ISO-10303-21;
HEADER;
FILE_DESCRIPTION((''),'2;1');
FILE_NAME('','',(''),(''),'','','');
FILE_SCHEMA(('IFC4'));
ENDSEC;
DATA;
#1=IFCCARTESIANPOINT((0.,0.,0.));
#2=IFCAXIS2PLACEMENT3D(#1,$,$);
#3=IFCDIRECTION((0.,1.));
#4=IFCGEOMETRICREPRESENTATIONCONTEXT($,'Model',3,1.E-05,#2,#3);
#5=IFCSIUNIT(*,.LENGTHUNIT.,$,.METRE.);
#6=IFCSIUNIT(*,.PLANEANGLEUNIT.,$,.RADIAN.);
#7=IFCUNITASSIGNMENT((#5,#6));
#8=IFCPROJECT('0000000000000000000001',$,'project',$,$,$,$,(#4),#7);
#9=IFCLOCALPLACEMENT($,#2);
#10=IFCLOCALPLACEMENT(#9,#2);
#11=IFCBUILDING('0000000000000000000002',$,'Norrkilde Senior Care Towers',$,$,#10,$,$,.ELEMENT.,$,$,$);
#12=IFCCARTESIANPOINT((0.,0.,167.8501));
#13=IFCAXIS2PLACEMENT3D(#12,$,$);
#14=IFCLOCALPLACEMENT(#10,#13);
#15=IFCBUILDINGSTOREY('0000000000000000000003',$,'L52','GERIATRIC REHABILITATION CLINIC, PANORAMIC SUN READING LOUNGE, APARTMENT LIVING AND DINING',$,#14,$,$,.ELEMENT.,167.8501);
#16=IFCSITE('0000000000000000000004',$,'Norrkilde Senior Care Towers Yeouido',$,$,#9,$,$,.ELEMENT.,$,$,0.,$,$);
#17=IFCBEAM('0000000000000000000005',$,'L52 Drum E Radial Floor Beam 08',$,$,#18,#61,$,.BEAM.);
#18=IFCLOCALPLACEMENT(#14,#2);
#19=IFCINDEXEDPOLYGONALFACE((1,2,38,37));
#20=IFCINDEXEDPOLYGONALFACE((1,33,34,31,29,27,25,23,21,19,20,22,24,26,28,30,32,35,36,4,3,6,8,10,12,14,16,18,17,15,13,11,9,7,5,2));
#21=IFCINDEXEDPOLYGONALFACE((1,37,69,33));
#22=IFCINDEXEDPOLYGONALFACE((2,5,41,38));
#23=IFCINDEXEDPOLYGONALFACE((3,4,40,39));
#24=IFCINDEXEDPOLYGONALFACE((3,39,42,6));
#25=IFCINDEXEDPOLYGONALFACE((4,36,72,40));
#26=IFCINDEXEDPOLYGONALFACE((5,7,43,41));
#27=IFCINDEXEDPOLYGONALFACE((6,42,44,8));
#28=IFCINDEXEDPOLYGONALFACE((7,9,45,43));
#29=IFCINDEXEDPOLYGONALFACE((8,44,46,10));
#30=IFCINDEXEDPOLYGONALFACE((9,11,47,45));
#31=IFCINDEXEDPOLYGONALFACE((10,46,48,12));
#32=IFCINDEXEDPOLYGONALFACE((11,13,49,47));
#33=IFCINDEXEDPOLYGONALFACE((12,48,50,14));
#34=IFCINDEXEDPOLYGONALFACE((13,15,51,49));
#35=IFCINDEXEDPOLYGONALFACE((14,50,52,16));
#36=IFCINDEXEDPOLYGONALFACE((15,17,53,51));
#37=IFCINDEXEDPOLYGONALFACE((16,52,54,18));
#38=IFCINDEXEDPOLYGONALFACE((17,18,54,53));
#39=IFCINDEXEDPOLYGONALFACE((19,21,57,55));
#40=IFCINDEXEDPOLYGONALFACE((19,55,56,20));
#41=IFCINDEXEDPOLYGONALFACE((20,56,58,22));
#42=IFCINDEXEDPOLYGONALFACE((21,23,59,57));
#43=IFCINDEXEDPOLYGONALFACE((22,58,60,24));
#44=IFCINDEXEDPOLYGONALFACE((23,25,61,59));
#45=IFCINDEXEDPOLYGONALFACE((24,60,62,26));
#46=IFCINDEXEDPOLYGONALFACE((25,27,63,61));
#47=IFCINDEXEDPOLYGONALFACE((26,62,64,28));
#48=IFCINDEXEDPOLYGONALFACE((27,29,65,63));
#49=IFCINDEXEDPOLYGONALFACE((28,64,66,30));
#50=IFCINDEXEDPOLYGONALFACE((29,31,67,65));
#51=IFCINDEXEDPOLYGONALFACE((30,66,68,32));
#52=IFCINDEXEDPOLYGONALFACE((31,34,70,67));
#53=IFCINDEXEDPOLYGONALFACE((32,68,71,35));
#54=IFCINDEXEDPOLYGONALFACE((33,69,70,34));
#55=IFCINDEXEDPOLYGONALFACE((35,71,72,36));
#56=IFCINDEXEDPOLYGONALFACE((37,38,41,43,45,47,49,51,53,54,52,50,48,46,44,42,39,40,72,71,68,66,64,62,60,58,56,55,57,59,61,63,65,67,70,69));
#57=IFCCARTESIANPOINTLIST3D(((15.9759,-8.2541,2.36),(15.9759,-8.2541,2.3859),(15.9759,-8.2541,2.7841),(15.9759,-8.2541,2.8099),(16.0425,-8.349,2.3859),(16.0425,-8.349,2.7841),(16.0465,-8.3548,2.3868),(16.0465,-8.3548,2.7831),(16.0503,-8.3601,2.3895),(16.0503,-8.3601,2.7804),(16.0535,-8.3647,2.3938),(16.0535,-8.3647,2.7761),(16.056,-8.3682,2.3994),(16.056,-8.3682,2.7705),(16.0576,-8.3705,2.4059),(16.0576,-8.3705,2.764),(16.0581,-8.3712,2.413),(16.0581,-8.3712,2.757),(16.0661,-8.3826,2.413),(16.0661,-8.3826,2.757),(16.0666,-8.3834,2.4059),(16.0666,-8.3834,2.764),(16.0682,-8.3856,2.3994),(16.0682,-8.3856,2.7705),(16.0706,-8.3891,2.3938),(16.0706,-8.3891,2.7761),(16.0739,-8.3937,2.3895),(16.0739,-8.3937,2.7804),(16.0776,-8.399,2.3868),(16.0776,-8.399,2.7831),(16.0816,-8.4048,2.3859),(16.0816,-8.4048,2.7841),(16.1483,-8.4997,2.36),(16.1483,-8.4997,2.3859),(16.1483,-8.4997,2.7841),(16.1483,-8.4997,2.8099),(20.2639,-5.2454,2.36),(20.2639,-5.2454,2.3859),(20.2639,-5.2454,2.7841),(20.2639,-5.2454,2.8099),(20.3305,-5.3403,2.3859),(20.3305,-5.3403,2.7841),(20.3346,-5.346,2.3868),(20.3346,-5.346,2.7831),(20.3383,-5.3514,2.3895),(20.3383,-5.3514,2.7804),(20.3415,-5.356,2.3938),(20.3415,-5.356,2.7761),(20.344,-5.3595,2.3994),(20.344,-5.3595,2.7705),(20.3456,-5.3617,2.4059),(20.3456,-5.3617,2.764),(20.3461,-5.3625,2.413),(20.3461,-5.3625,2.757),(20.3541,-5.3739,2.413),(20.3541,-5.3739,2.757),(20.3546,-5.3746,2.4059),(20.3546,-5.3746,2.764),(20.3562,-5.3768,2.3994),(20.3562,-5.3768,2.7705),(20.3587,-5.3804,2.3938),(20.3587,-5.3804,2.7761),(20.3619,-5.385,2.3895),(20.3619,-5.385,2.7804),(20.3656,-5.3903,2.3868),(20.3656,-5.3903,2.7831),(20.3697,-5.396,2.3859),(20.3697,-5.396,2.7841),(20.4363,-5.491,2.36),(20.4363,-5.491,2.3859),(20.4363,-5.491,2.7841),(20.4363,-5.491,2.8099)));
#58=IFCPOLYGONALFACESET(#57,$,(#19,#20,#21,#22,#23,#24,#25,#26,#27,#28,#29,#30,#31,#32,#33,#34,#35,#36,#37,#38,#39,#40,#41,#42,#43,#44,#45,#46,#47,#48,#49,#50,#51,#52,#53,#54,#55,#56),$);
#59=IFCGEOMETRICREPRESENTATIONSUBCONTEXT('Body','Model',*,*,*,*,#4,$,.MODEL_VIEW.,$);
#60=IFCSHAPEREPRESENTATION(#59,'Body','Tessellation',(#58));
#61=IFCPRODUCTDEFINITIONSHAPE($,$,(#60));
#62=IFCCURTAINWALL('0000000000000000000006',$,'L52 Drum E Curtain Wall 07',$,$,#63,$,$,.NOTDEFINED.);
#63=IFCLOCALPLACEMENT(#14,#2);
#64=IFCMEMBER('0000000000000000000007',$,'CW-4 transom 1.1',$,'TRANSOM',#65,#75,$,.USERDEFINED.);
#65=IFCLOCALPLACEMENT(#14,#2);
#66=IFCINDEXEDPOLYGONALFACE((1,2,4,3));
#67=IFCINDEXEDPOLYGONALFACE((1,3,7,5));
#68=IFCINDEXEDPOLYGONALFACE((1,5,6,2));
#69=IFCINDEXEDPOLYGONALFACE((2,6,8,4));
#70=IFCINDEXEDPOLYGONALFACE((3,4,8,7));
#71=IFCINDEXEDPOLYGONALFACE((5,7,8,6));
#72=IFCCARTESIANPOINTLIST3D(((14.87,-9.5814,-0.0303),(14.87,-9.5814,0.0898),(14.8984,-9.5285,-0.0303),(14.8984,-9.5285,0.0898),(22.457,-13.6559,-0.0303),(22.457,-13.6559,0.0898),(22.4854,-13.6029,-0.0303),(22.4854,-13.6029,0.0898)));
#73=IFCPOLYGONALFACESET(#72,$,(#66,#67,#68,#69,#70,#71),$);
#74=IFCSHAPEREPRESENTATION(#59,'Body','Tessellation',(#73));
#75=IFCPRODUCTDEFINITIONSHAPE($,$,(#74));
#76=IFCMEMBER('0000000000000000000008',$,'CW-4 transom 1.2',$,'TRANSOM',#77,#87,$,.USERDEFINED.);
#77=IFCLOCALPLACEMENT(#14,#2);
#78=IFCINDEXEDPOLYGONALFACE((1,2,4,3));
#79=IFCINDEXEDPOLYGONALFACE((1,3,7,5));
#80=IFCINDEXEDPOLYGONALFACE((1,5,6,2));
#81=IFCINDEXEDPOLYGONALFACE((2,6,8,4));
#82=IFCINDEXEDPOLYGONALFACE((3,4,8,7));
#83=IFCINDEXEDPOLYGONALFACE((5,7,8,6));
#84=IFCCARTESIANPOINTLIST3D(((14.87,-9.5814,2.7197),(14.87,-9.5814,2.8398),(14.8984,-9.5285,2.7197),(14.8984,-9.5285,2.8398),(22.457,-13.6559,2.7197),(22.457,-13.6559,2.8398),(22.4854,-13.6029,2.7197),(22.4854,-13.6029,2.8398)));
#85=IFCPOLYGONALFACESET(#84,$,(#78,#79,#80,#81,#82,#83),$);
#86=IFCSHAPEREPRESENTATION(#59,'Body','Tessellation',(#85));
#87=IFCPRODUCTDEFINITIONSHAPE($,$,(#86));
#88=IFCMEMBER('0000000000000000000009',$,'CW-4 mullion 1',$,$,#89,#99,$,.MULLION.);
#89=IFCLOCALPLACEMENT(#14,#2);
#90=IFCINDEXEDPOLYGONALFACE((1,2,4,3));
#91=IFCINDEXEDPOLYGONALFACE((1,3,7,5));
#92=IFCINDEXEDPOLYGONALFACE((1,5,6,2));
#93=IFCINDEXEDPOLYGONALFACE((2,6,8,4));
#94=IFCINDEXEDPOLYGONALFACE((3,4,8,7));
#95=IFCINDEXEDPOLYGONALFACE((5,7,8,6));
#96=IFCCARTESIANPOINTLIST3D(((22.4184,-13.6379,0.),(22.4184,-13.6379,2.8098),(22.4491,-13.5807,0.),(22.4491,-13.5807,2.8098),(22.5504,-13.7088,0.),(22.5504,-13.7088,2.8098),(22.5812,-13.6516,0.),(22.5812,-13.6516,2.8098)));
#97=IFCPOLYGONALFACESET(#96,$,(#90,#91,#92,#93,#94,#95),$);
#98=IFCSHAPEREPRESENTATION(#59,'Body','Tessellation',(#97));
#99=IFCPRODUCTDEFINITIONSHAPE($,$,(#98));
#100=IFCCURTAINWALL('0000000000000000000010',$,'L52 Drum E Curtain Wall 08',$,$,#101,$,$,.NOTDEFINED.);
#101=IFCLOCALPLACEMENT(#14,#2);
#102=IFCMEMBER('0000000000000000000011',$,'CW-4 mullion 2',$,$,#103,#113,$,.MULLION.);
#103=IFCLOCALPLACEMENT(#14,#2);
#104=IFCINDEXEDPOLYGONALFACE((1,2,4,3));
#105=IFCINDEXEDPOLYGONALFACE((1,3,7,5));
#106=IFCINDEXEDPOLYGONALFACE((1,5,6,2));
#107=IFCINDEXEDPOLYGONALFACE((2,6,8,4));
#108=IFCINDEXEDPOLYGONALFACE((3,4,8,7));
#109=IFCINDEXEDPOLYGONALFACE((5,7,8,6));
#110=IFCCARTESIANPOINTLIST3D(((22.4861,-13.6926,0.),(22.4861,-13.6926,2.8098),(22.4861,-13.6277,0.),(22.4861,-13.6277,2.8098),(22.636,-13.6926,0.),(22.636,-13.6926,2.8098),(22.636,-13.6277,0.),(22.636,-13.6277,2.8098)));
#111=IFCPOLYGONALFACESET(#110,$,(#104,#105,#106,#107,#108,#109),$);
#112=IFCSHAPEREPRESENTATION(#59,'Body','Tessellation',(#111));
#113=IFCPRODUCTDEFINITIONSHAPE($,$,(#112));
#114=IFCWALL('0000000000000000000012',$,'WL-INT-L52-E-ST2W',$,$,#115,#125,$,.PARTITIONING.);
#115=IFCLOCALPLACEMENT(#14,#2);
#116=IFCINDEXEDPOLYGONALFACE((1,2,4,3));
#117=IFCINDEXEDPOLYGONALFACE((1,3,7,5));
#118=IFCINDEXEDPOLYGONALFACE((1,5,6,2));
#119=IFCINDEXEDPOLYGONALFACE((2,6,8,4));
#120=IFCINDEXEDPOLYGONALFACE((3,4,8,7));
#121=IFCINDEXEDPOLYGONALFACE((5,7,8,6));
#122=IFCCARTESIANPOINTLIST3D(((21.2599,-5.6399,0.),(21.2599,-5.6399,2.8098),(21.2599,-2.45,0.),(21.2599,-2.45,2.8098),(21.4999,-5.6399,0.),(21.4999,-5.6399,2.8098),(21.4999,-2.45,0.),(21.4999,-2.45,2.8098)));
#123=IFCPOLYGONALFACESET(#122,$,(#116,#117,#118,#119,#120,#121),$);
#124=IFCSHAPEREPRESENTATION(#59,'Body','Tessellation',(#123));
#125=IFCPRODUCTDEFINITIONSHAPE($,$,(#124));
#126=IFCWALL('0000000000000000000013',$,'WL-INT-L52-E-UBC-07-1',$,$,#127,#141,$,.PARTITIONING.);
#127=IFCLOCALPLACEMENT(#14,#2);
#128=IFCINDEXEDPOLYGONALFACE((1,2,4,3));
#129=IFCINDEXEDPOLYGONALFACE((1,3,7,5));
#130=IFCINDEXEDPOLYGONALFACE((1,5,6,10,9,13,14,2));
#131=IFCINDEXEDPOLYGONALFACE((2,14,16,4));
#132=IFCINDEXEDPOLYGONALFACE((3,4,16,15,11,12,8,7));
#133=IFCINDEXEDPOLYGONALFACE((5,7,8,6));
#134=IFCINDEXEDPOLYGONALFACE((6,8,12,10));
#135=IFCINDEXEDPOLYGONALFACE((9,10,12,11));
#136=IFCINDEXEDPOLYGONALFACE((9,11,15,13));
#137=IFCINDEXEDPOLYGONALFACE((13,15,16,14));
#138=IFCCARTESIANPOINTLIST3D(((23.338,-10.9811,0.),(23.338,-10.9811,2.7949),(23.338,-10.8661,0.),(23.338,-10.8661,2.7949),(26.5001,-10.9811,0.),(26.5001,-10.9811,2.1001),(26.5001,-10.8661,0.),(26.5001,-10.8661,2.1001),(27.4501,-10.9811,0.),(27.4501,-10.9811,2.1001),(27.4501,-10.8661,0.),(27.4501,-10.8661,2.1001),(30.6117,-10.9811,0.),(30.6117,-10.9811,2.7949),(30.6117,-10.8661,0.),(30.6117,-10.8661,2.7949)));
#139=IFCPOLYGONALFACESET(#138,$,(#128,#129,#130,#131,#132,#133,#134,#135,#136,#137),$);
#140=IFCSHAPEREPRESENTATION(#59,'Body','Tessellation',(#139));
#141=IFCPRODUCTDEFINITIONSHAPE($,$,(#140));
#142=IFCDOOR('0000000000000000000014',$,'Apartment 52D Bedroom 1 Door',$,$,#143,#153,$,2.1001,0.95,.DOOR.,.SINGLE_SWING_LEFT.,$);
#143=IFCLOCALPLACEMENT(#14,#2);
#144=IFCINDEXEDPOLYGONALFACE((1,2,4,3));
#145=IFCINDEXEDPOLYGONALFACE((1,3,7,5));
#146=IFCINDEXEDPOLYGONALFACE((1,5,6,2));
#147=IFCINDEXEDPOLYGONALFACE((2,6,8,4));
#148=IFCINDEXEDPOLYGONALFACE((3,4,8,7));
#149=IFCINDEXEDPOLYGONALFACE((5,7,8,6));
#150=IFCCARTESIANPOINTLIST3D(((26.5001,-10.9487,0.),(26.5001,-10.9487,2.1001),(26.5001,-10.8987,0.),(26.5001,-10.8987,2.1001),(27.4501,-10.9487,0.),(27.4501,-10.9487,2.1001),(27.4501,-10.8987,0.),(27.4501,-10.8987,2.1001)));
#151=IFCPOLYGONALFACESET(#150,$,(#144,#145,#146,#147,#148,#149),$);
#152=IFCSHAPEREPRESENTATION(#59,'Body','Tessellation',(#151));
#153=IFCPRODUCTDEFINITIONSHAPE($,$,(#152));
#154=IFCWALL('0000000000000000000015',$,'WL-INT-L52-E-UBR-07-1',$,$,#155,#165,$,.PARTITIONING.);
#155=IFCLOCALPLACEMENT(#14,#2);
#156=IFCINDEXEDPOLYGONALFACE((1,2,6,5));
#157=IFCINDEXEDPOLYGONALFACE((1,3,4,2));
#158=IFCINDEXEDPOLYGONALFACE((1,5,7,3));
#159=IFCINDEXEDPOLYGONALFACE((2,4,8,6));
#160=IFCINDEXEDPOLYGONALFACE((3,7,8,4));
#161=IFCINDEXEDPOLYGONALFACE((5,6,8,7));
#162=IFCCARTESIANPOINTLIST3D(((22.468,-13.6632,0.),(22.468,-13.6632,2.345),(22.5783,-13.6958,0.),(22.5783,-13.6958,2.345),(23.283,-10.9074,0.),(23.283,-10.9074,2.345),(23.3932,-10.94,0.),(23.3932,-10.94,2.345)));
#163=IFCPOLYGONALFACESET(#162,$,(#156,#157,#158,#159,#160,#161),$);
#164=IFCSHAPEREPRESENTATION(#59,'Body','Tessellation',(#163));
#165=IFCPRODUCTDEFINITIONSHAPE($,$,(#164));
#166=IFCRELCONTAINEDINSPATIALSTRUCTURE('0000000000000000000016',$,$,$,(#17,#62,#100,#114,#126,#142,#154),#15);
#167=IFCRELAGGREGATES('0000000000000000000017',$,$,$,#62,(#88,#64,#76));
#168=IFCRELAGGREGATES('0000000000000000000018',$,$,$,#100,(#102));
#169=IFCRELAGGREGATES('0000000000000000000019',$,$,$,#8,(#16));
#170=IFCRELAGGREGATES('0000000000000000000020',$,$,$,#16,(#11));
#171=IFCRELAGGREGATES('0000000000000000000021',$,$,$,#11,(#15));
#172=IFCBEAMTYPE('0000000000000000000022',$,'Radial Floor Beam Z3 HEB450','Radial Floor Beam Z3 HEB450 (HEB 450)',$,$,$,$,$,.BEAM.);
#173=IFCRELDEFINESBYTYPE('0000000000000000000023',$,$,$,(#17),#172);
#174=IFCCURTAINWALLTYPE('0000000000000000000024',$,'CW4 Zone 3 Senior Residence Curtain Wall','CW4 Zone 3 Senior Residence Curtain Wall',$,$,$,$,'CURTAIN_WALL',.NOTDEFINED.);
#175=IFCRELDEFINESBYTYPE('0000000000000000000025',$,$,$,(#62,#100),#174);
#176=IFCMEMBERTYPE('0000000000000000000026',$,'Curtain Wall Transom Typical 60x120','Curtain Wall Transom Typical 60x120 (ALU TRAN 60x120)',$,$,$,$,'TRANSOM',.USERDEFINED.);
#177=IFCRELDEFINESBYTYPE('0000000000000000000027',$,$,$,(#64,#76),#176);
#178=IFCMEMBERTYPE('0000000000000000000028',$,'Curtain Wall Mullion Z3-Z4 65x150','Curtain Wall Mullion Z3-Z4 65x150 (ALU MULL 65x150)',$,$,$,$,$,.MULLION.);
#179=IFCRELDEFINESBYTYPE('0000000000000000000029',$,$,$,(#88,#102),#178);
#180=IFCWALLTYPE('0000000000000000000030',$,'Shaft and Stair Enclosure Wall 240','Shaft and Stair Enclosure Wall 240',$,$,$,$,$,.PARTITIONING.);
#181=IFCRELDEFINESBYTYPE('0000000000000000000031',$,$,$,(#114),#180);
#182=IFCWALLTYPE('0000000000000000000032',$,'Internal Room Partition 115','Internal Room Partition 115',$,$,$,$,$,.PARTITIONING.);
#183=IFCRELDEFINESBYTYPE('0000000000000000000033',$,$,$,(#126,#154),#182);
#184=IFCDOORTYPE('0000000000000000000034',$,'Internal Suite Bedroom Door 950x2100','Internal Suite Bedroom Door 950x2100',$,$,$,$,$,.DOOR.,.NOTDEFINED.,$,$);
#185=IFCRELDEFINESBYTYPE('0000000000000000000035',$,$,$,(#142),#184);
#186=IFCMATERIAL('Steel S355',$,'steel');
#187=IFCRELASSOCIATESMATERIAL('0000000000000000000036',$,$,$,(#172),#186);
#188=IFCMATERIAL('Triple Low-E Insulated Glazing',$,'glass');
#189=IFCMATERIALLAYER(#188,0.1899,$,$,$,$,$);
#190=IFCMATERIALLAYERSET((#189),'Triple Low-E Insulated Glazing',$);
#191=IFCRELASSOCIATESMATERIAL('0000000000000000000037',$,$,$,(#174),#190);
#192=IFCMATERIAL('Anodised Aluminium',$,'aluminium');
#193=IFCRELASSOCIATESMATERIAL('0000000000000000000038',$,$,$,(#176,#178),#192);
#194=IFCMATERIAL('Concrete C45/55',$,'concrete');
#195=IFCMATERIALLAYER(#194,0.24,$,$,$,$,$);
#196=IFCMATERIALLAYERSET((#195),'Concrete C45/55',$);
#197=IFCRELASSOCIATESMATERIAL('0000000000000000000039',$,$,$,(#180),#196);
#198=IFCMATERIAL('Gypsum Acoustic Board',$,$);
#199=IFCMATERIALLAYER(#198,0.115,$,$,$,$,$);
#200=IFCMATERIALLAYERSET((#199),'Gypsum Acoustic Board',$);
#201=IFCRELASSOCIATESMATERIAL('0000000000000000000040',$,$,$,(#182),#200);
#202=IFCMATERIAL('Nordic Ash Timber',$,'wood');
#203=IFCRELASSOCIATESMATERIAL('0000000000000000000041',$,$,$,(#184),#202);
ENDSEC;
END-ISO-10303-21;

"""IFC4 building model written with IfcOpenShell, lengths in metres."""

from ifc_helpers import new_model, si_unit, direction, frame, frame_2d, origin, origin_2d, place, context, subcontext, project, spatial, rectangle, i_section, extrude, source, transform, mapped, material, layer, layer_set, material_profile, profile_set, type_object, type_shapes, element, fill, aggregate, save


model = new_model("IFC4")

# Units and contexts
model_context = context("Model", 3, precision=1e-05, world=origin(), true_north=direction((0.0, 1.0)))
body_context = subcontext(model_context, "Body", "Model", "MODEL_VIEW")
ifc_project = project(units=[si_unit("LENGTHUNIT", "METRE"), si_unit("PLANEANGLEUNIT", "RADIAN")], contexts=[model_context])

# Site, building, storey
site_placement = place(None, origin())
site = spatial("IfcSite", under=ifc_project, at=site_placement, Name="Norrkilde Senior Care Towers Yeouido", CompositionType="ELEMENT", RefElevation=0.0)
building_placement = place(site_placement, origin())
building = spatial("IfcBuilding", under=site, at=building_placement, Name="Norrkilde Senior Care Towers", CompositionType="ELEMENT")
storey_placement = place(building_placement, frame((0.0, 0.0, 167.8501)))
storey = spatial("IfcBuildingStorey", under=building, at=storey_placement, Name="L52", Description="GERIATRIC REHABILITATION CLINIC, PANORAMIC SUN READING LOUNGE, APARTMENT LIVING AND DINING", CompositionType="ELEMENT", Elevation=167.8501)

# Beam
ifc_material_1 = material(Name="Steel S355", Category="steel")
ifc_material_profile_1 = material_profile(ifc_material_1, i_section(OverallWidth=0.3, OverallDepth=0.45, WebThickness=0.0139, FlangeThickness=0.0259, FilletRadius=0.0271, at=origin_2d()), Name="HEB 450")
ifc_profile_set_1 = profile_set([ifc_material_profile_1], Name="Steel S355")
beam_type_1 = type_object("IfcBeamType", Name="Radial Floor Beam Z3 HEB450", Description="Radial Floor Beam Z3 HEB450 (HEB 450)", PredefinedType="BEAM", material=ifc_profile_set_1)
shared_shape_1 = source(origin(), body_context, "Body", "SweptSolid", [
    extrude(i_section(OverallWidth=0.3, OverallDepth=0.45, WebThickness=0.0139, FlangeThickness=0.0259, FilletRadius=0.0271, at=origin_2d()), origin(), (0.0, 0.0, 1.0), 5.2383),
])
beam_1_placement = place(storey_placement, frame((20.3501, -5.3682, 2.585), z_axis=(-0.818592, -0.574375, 0.0), x_axis=(0.574375, -0.818592, 0.0)))
element("IfcBeam", 1, at=beam_1_placement, inside=storey, type_object=beam_type_1, Name="L52 Drum E Radial Floor Beam 08", PredefinedType="BEAM", context=body_context, shape_type="MappedRepresentation", body=[
    mapped(shared_shape_1, transform((0.0, 0.0, 0.0), x_axis=(1.0, 0.0, 0.0), y_axis=(0.0, 1.0, 0.0), z_axis=(0.0, 0.0, 1.0), scale=1.0)),
])

# Curtain wall, members
ifc_material_2 = material(Name="Triple Low-E Insulated Glazing", Category="glass")
ifc_layer_1 = layer(ifc_material_2, 0.1899)
ifc_layer_set_1 = layer_set([ifc_layer_1], Name="Triple Low-E Insulated Glazing")
curtain_wall_type = type_object("IfcCurtainWallType", Name="CW4 Zone 3 Senior Residence Curtain Wall", Description="CW4 Zone 3 Senior Residence Curtain Wall", ElementType="CURTAIN_WALL", PredefinedType="NOTDEFINED", material=ifc_layer_set_1)
curtain_wall_1_placement = place(storey_placement, origin())
curtain_wall_1 = element("IfcCurtainWall", 2, at=curtain_wall_1_placement, inside=storey, type_object=curtain_wall_type, Name="L52 Drum E Curtain Wall 07", PredefinedType="NOTDEFINED")
ifc_material_3 = material(Name="Anodised Aluminium", Category="aluminium")
ifc_material_profile_2 = material_profile(ifc_material_3, rectangle(XDim=0.0601, YDim=0.1201, at=origin_2d()), Name="ALU TRAN 60x120")
ifc_profile_set_2 = profile_set([ifc_material_profile_2], Name="Anodised Aluminium")
member_type_1 = type_object("IfcMemberType", Name="Curtain Wall Transom Typical 60x120", Description="Curtain Wall Transom Typical 60x120 (ALU TRAN 60x120)", ElementType="TRANSOM", PredefinedType="USERDEFINED", material=ifc_profile_set_2)
shared_shape_2 = source(origin(), body_context, "Body", "SweptSolid", [
    extrude(rectangle(XDim=0.0601, YDim=0.1201, at=origin_2d()), origin(), (0.0, 0.0, 1.0), 8.6118),
])
type_shapes(member_type_1, [shared_shape_2])
member_1_placement = place(storey_placement, frame((22.4712, -13.6294, 0.0298), z_axis=(-0.880994, 0.473127, 0.0), x_axis=(-0.473127, -0.880994, 0.0)))
member_1 = element("IfcMember", 3, at=member_1_placement, type_object=member_type_1, Name="CW-4 transom 1.1", ObjectType="TRANSOM", PredefinedType="USERDEFINED", context=body_context, shape_type="MappedRepresentation", body=[
    mapped(shared_shape_2, transform((0.0, 0.0, 0.0), x_axis=(1.0, 0.0, 0.0), y_axis=(0.0, 1.0, 0.0), z_axis=(0.0, 0.0, 1.0), scale=1.0)),
])
member_2_placement = place(storey_placement, frame((22.4712, -13.6294, 2.7798), z_axis=(-0.880994, 0.473127, 0.0), x_axis=(-0.473127, -0.880994, 0.0)))
member_2 = element("IfcMember", 4, at=member_2_placement, type_object=member_type_1, Name="CW-4 transom 1.2", ObjectType="TRANSOM", PredefinedType="USERDEFINED", context=body_context, shape_type="MappedRepresentation", body=[
    mapped(shared_shape_2, transform((0.0, 0.0, 0.0), x_axis=(1.0, 0.0, 0.0), y_axis=(0.0, 1.0, 0.0), z_axis=(0.0, 0.0, 1.0), scale=1.0)),
])
ifc_material_profile_3 = material_profile(ifc_material_3, rectangle(XDim=0.0649, YDim=0.1499, at=origin_2d()), Name="ALU MULL 65x150")
ifc_profile_set_3 = profile_set([ifc_material_profile_3], Name="Anodised Aluminium")
member_type_2 = type_object("IfcMemberType", Name="Curtain Wall Mullion Z3-Z4 65x150", Description="Curtain Wall Mullion Z3-Z4 65x150 (ALU MULL 65x150)", PredefinedType="MULLION", material=ifc_profile_set_3)
shared_shape_3 = source(origin(), body_context, "Body", "SweptSolid", [
    extrude(rectangle(XDim=0.0649, YDim=0.1499, at=origin_2d()), origin(), (0.0, 0.0, 1.0), 2.8098),
])
type_shapes(member_type_2, [shared_shape_3])
member_3_placement = place(storey_placement, frame((22.4998, -13.6448, 0.0), z_axis=(0.0, 0.0, 1.0), x_axis=(-0.473117, -0.881, 0.0)))
member_3 = element("IfcMember", 5, at=member_3_placement, type_object=member_type_2, Name="CW-4 mullion 1", PredefinedType="MULLION", context=body_context, shape_type="MappedRepresentation", body=[
    mapped(shared_shape_3, transform((0.0, 0.0, 0.0), x_axis=(1.0, 0.0, 0.0), y_axis=(0.0, 1.0, 0.0), z_axis=(0.0, 0.0, 1.0), scale=1.0)),
])
aggregate(curtain_wall_1, [member_3, member_1, member_2])

# Curtain wall, member
curtain_wall_2_placement = place(storey_placement, origin())
curtain_wall_2 = element("IfcCurtainWall", 6, at=curtain_wall_2_placement, inside=storey, type_object=curtain_wall_type, Name="L52 Drum E Curtain Wall 08", PredefinedType="NOTDEFINED")
member_4_placement = place(storey_placement, frame((22.561, -13.6602, 0.0), z_axis=(0.0, 0.0, 1.0), x_axis=(0.0, -1.0, 0.0)))
member_4 = element("IfcMember", 7, at=member_4_placement, type_object=member_type_2, Name="CW-4 mullion 2", PredefinedType="MULLION", context=body_context, shape_type="MappedRepresentation", body=[
    mapped(shared_shape_3, transform((0.0, 0.0, 0.0), x_axis=(1.0, 0.0, 0.0), y_axis=(0.0, 1.0, 0.0), z_axis=(0.0, 0.0, 1.0), scale=1.0)),
])
aggregate(curtain_wall_2, [member_4])

# Shared definitions
ifc_material_4 = material(Name="Concrete C45/55", Category="concrete")
ifc_layer_2 = layer(ifc_material_4, 0.24)
ifc_layer_set_2 = layer_set([ifc_layer_2], Name="Concrete C45/55")
wall_type_1 = type_object("IfcWallType", Name="Shaft and Stair Enclosure Wall 240", Description="Shaft and Stair Enclosure Wall 240", PredefinedType="PARTITIONING", material=ifc_layer_set_2)

# Wall
shared_shape_4 = source(origin(), body_context, "Body", "SweptSolid", [
    extrude(rectangle(XDim=3.1899, YDim=0.24, at=frame_2d((1.595, 0.0))), origin(), (0.0, 0.0, 1.0), 2.8098),
])
wall_1_placement = place(storey_placement, frame((21.3799, -5.6399, 0.0), z_axis=(0.0, 0.0, 1.0), x_axis=(0.0, 1.0, 0.0)))
element("IfcWall", 8, at=wall_1_placement, inside=storey, type_object=wall_type_1, Name="WL-INT-L52-E-ST2W", PredefinedType="PARTITIONING", context=body_context, shape_type="MappedRepresentation", body=[
    mapped(shared_shape_4, transform((0.0, 0.0, 0.0), x_axis=(1.0, 0.0, 0.0), y_axis=(0.0, 1.0, 0.0), z_axis=(0.0, 0.0, 1.0), scale=1.0)),
])

# Wall, opening, door
ifc_material_5 = material(Name="Gypsum Acoustic Board")
ifc_layer_3 = layer(ifc_material_5, 0.115)
ifc_layer_set_3 = layer_set([ifc_layer_3], Name="Gypsum Acoustic Board")
wall_type_2 = type_object("IfcWallType", Name="Internal Room Partition 115", Description="Internal Room Partition 115", PredefinedType="PARTITIONING", material=ifc_layer_set_3)
shared_shape_5 = source(origin(), body_context, "Body", "SweptSolid", [
    extrude(rectangle(XDim=7.2737, YDim=0.115, at=frame_2d((3.6367, 0.0))), origin(), (0.0, 0.0, 1.0), 2.7949),
])
wall_2_placement = place(storey_placement, frame((23.3381, -10.9236, 0.0), z_axis=(0.0, 0.0, 1.0), x_axis=(1.0, 0.0, 0.0)))
wall_2 = element("IfcWall", 9, at=wall_2_placement, inside=storey, type_object=wall_type_2, Name="WL-INT-L52-E-UBC-07-1", PredefinedType="PARTITIONING", context=body_context, shape_type="MappedRepresentation", body=[
    mapped(shared_shape_5, transform((0.0, 0.0, 0.0), x_axis=(1.0, 0.0, 0.0), y_axis=(0.0, 1.0, 0.0), z_axis=(0.0, 0.0, 1.0), scale=1.0)),
])
opening_1_placement = place(wall_2_placement, frame((3.1619, 0.0, 0.0)))
opening_1 = element("IfcOpeningElement", 10, at=opening_1_placement, cuts=wall_2, PredefinedType="OPENING", context=body_context, shape_type="SweptSolid", body=[
    extrude(rectangle(XDim=0.95, YDim=2.1001, at=frame_2d((0.4751, 1.05))), frame((0.0, 0.0674, 0.0), z_axis=(0.0, -1.0, 0.0), x_axis=(1.0, 0.0, 0.0)), (0.0, 0.0, 1.0), 0.135),
])
ifc_material_6 = material(Name="Nordic Ash Timber", Category="wood")
door_type_1 = type_object("IfcDoorType", Name="Internal Suite Bedroom Door 950x2100", Description="Internal Suite Bedroom Door 950x2100", OperationType="NOTDEFINED", PredefinedType="DOOR", material=ifc_material_6)
shared_shape_6 = source(origin(), body_context, "Body", "SweptSolid", [
    extrude(rectangle(XDim=0.95, YDim=2.1001, at=frame_2d((0.4751, 1.05))), frame((0.0, 0.0249, 0.0), z_axis=(0.0, -1.0, 0.0), x_axis=(1.0, 0.0, 0.0)), (0.0, 0.0, 1.0), 0.05),
])
type_shapes(door_type_1, [shared_shape_6])
door_1_placement = place(opening_1_placement, origin())
door_1 = element("IfcDoor", 11, at=door_1_placement, inside=storey, type_object=door_type_1, Name="Apartment 52D Bedroom 1 Door", OperationType="SINGLE_SWING_LEFT", OverallHeight=2.1001, OverallWidth=0.95, PredefinedType="DOOR", context=body_context, shape_type="MappedRepresentation", body=[
    mapped(shared_shape_6, transform((0.0, 0.0, 0.0), x_axis=(1.0, 0.0, 0.0), y_axis=(0.0, 1.0, 0.0), z_axis=(0.0, 0.0, 1.0), scale=1.0)),
])
fill(opening_1, door_1)

# Wall
shared_shape_7 = source(origin(), body_context, "Body", "SweptSolid", [
    extrude(rectangle(XDim=2.8738, YDim=0.115, at=frame_2d((1.437, 0.0))), origin(), (0.0, 0.0, 1.0), 2.345),
])
type_shapes(wall_type_2, [shared_shape_5, shared_shape_7])
wall_3_placement = place(storey_placement, frame((23.3381, -10.9236, 0.0), z_axis=(0.0, 0.0, 1.0), x_axis=(-0.283573, -0.958951, 0.0)))
element("IfcWall", 12, at=wall_3_placement, inside=storey, type_object=wall_type_2, Name="WL-INT-L52-E-UBR-07-1", PredefinedType="PARTITIONING", context=body_context, shape_type="MappedRepresentation", body=[
    mapped(shared_shape_7, transform((0.0, 0.0, 0.0), x_axis=(1.0, 0.0, 0.0), y_axis=(0.0, 1.0, 0.0), z_axis=(0.0, 0.0, 1.0), scale=1.0)),
])

save(model, "model.ifc")
